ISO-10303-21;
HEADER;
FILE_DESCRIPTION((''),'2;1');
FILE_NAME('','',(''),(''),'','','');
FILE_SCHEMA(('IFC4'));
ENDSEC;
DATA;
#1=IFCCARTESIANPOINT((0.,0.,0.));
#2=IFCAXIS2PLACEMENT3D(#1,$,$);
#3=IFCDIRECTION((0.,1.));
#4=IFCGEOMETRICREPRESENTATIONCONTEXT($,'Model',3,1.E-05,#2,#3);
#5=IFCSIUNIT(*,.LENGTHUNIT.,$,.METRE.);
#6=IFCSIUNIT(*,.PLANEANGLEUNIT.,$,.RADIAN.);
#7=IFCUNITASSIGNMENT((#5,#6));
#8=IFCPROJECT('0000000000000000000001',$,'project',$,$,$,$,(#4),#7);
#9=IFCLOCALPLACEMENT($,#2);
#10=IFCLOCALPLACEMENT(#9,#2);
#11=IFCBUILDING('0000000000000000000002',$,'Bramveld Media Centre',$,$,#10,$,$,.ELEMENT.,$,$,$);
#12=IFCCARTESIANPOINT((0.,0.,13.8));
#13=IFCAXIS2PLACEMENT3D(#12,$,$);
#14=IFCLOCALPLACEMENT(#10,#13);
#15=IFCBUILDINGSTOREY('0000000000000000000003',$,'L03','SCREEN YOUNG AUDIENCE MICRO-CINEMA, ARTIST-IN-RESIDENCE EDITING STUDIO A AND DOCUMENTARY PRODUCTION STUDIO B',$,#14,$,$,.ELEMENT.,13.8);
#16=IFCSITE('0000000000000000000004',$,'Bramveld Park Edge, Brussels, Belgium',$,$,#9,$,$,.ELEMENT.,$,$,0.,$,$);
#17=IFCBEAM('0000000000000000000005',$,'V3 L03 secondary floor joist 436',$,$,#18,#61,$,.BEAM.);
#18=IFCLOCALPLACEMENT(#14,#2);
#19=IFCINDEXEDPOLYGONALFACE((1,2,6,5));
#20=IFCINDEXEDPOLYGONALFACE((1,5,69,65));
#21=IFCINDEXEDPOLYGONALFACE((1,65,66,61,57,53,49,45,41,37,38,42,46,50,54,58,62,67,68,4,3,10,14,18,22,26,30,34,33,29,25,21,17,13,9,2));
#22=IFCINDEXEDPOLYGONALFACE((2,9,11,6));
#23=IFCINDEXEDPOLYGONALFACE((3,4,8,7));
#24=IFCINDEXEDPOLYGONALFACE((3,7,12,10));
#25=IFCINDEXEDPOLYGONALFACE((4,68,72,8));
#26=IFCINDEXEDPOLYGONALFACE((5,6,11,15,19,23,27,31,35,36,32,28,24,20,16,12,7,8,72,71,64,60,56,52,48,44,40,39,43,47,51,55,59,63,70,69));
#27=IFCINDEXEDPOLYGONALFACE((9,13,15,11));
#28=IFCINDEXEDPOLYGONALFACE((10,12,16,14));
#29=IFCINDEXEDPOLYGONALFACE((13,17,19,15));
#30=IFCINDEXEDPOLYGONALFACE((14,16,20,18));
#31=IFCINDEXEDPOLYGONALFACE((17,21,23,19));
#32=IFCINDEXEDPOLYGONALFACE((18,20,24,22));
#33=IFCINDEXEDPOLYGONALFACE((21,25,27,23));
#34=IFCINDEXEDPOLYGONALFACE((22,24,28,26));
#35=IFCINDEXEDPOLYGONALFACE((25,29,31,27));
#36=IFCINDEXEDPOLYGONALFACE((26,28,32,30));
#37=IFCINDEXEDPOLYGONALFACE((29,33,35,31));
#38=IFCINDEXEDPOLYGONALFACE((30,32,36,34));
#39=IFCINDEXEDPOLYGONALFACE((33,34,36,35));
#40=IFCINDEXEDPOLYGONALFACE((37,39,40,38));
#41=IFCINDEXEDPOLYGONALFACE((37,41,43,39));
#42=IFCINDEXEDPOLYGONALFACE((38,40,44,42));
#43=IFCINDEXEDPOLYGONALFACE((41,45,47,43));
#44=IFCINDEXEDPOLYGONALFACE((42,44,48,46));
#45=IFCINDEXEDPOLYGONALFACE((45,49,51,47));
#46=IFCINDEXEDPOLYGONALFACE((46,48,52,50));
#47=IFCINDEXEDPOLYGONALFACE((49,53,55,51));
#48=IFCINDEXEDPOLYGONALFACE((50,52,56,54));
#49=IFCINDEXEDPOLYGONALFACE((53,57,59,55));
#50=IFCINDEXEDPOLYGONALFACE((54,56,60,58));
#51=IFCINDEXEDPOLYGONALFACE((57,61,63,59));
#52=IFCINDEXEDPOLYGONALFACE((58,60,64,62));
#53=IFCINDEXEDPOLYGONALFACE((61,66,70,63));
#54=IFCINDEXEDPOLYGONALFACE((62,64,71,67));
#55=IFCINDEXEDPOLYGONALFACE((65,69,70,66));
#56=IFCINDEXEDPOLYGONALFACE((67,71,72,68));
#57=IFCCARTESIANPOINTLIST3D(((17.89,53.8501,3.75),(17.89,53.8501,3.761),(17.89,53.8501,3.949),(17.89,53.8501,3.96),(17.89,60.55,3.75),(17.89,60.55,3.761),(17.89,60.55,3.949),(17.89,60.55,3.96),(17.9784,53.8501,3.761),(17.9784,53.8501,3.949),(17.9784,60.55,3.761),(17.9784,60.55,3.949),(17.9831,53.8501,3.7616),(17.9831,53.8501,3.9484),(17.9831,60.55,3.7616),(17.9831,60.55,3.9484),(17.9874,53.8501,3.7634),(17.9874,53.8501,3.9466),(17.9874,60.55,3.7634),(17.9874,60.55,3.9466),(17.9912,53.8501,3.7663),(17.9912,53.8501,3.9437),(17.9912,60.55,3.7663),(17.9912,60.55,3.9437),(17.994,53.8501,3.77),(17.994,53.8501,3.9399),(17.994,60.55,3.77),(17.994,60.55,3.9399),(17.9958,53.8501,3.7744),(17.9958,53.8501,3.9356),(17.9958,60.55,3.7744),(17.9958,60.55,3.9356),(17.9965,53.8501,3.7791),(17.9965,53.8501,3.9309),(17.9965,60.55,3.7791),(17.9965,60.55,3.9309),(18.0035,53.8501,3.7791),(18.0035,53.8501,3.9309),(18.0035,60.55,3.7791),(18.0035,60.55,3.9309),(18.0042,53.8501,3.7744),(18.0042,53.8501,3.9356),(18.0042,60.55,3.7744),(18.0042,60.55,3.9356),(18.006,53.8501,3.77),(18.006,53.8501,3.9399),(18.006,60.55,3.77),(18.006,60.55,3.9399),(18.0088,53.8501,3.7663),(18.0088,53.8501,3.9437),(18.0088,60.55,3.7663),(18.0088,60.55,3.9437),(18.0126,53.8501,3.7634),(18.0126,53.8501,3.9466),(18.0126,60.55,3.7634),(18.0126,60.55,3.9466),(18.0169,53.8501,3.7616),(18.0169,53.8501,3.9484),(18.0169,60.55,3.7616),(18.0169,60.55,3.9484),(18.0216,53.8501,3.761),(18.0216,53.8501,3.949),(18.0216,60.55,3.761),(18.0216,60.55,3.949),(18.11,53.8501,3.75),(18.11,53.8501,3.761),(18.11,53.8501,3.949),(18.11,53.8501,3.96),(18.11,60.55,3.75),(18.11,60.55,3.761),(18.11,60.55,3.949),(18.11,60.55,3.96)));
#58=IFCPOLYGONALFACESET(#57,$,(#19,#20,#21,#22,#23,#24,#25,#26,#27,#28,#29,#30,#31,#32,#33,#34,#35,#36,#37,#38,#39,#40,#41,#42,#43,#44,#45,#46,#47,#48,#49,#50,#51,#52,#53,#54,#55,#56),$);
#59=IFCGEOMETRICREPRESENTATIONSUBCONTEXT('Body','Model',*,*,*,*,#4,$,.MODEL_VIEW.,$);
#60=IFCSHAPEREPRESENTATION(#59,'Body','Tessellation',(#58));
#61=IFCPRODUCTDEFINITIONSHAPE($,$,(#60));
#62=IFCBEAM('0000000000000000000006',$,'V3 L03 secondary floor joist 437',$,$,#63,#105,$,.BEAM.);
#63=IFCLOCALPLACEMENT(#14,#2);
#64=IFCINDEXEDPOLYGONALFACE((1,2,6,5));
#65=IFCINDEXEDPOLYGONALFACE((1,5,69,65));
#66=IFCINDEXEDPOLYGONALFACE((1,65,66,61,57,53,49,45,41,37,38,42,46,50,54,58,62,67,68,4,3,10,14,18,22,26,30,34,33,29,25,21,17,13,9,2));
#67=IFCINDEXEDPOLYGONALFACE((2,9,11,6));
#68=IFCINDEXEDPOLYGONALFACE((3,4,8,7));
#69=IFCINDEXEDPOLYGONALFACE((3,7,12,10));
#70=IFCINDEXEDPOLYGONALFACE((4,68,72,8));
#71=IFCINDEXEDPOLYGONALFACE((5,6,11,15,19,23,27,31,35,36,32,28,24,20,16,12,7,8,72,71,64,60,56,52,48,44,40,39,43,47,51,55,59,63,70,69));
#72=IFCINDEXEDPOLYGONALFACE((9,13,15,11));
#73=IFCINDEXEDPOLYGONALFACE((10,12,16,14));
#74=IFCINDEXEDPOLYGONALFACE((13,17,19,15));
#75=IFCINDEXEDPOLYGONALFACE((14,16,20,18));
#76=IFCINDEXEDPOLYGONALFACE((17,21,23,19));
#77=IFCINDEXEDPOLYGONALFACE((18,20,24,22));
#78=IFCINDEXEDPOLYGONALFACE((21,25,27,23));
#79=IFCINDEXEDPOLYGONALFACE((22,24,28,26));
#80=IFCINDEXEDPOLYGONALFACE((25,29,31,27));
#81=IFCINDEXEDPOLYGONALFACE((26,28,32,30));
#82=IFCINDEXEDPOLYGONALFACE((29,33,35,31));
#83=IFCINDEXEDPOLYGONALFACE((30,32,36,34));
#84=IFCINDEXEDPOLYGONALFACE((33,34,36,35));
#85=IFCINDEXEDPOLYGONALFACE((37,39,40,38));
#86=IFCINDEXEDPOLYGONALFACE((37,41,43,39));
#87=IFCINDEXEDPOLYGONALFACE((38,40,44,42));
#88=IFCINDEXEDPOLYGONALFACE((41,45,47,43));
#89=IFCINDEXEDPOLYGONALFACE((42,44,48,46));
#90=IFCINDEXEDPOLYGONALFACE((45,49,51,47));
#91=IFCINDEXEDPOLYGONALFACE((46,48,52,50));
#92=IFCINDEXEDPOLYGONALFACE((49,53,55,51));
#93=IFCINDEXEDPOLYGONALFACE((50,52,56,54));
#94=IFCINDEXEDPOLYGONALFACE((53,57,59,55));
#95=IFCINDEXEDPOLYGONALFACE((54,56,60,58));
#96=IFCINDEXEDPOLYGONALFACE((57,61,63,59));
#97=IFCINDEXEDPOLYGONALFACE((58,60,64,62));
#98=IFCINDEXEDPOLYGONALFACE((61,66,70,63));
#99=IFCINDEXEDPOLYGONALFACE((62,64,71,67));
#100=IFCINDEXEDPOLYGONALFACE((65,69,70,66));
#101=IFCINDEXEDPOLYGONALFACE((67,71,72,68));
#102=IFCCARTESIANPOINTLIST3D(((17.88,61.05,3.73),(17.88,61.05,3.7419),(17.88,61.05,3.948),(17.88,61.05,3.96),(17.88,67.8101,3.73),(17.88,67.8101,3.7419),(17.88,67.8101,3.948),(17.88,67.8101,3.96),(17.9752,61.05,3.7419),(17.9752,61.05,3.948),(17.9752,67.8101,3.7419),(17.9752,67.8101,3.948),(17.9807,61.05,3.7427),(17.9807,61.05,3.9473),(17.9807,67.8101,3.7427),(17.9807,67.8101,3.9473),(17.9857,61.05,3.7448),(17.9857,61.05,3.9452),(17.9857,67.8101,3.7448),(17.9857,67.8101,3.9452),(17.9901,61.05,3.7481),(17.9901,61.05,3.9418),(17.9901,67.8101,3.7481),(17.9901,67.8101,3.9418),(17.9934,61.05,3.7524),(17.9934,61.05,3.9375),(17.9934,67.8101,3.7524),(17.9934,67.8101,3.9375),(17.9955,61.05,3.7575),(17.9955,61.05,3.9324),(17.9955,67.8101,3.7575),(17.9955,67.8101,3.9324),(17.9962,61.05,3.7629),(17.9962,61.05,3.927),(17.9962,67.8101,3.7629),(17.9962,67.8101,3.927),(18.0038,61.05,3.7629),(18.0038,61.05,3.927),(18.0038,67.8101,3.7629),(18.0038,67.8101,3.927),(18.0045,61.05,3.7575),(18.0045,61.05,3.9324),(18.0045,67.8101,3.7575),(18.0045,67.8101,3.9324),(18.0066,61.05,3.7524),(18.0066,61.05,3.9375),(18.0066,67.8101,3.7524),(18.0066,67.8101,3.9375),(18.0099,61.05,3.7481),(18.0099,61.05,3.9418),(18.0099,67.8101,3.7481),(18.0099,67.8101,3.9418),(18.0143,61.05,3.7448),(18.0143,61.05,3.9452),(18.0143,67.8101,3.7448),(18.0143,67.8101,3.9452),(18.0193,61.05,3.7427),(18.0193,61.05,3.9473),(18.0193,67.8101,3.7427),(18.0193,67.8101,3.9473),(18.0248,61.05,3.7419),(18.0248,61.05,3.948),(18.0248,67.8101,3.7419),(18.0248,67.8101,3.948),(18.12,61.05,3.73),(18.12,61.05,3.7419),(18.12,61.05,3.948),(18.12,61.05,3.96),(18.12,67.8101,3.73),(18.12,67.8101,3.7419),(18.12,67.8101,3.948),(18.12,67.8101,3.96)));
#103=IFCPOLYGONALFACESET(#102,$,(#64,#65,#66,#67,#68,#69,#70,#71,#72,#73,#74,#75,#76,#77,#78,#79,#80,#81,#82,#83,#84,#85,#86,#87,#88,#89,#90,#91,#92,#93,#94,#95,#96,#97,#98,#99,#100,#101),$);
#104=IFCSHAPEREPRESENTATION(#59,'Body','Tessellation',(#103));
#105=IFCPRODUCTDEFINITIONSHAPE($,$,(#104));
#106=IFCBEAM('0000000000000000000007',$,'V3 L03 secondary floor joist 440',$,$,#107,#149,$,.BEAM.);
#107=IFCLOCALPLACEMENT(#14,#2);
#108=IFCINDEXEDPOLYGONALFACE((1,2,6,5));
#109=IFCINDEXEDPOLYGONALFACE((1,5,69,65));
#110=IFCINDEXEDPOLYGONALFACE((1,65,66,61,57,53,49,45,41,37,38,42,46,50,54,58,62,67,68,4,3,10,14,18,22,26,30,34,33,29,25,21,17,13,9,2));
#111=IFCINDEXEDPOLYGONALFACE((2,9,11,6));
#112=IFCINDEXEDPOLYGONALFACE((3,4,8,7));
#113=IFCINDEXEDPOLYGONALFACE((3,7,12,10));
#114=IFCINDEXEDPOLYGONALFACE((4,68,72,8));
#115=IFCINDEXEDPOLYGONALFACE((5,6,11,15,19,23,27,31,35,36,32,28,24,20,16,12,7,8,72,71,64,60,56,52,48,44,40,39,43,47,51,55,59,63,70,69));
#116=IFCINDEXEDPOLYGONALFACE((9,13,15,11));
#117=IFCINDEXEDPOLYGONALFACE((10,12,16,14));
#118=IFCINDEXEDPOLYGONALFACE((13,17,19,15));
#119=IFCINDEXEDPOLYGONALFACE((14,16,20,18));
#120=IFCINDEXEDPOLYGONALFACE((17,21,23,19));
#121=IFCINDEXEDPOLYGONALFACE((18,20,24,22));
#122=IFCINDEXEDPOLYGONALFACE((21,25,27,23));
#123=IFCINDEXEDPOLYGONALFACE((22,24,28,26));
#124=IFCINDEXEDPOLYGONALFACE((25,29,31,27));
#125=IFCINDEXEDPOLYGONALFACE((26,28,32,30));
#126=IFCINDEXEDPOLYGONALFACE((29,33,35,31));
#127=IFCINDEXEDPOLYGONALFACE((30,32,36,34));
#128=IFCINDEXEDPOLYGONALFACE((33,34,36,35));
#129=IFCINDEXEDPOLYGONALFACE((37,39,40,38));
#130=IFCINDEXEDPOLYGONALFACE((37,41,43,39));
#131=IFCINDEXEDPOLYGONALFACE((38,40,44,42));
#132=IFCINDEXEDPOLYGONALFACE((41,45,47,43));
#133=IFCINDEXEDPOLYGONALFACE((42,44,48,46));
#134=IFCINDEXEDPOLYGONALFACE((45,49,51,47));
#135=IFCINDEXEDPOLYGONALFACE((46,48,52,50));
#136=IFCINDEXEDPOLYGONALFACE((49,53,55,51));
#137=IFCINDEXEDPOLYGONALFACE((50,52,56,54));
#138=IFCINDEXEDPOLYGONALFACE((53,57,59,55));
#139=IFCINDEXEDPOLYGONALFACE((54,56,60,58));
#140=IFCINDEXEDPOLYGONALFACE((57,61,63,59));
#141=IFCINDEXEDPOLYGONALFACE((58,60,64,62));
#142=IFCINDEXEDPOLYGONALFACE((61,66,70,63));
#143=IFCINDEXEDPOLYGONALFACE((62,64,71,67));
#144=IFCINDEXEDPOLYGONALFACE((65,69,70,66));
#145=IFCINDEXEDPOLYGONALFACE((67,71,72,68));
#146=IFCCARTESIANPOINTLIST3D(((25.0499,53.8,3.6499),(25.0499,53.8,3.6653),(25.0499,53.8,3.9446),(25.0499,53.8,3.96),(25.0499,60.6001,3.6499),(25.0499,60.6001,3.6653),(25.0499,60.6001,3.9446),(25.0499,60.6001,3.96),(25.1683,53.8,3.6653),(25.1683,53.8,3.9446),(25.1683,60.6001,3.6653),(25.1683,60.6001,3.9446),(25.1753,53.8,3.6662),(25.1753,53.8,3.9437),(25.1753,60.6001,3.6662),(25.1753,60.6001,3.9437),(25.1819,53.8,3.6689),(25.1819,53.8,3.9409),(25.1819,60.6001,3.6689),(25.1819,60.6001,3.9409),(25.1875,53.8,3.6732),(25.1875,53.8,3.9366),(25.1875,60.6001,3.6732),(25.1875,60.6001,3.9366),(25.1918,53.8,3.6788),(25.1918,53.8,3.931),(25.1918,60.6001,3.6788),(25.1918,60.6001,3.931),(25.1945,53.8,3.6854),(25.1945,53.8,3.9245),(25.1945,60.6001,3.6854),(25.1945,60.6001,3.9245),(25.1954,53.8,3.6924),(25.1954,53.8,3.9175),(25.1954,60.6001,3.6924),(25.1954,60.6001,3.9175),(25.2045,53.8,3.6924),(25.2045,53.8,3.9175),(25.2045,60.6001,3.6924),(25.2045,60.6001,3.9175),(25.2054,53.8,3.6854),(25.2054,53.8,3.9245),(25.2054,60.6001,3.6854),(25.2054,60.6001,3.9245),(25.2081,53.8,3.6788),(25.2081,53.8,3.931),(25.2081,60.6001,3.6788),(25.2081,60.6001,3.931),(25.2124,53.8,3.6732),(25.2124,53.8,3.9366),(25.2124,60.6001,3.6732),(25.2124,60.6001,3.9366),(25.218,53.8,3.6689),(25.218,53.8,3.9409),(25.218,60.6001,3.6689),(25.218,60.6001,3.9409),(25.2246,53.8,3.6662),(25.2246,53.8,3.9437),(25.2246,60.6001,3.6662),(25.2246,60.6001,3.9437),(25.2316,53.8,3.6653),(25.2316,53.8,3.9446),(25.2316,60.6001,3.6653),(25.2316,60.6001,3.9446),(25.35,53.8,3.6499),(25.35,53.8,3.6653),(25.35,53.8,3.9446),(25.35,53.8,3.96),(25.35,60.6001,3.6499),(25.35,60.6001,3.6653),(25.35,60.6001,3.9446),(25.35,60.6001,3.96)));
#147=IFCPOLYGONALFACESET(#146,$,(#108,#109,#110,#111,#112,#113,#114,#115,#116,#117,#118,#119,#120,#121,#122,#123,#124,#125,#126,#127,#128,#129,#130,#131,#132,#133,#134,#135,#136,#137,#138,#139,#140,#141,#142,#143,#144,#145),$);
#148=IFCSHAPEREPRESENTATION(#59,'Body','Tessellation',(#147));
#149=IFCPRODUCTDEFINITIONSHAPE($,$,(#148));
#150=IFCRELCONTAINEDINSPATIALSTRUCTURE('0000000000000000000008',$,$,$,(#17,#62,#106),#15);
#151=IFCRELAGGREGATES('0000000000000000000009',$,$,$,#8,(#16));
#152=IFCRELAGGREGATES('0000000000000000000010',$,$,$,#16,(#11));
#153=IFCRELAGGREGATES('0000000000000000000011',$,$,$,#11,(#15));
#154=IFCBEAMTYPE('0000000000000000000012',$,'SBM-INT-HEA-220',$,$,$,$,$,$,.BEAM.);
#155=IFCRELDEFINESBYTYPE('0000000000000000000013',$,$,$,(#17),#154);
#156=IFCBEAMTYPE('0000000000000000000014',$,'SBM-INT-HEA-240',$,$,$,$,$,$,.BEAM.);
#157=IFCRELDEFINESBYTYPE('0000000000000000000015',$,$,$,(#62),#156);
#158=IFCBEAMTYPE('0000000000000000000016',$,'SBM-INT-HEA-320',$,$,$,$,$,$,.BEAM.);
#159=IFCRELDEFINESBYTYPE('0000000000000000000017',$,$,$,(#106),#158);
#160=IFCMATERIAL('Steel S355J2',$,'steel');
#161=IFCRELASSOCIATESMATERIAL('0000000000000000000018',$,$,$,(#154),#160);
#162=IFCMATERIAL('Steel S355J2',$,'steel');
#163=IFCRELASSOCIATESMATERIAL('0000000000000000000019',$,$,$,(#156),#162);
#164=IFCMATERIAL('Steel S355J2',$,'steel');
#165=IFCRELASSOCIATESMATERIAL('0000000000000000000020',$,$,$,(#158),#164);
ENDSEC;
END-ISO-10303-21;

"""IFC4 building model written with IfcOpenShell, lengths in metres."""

from ifc_helpers import new_model, si_unit, direction, frame, origin, origin_2d, place, context, subcontext, project, spatial, i_section, extrude, material, material_profile, profile_set, type_object, element, save


model = new_model("IFC4")

# Units and contexts
model_context = context("Model", 3, precision=1e-05, world=origin(), true_north=direction((0.0, 1.0)))
body_context = subcontext(model_context, "Body", "Model", "MODEL_VIEW")
ifc_project = project(units=[si_unit("LENGTHUNIT", "METRE"), si_unit("PLANEANGLEUNIT", "RADIAN")], contexts=[model_context])

# Site, building, storey
site_placement = place(None, origin())
site = spatial("IfcSite", under=ifc_project, at=site_placement, Name="Bramveld Park Edge, Brussels, Belgium", CompositionType="ELEMENT", RefElevation=0.0)
building_placement = place(site_placement, origin())
building = spatial("IfcBuilding", under=site, at=building_placement, Name="Bramveld Media Centre", CompositionType="ELEMENT")
storey_placement = place(building_placement, frame((0.0, 0.0, 13.8)))
storey = spatial("IfcBuildingStorey", under=building, at=storey_placement, Name="L03", Description="SCREEN YOUNG AUDIENCE MICRO-CINEMA, ARTIST-IN-RESIDENCE EDITING STUDIO A AND DOCUMENTARY PRODUCTION STUDIO B", CompositionType="ELEMENT", Elevation=13.8)

# Beams
ifc_material_1 = material(Name="Steel S355J2", Category="steel")
ifc_material_profile_1 = material_profile(ifc_material_1, i_section(OverallWidth=0.22, OverallDepth=0.21, WebThickness=0.0071, FlangeThickness=0.011, FilletRadius=0.0181, at=origin_2d()), Name="HEA 220")
ifc_profile_set_1 = profile_set([ifc_material_profile_1], Name="Steel S355J2")
beam_type_1 = type_object("IfcBeamType", Name="SBM-INT-HEA-220", PredefinedType="BEAM", material=ifc_profile_set_1)
beam_1_placement = place(storey_placement, frame((18.0, 53.8501, 3.855), z_axis=(0.0, 1.0, 0.0), x_axis=(-1.0, 0.0, 0.0)))
element("IfcBeam", 1, at=beam_1_placement, inside=storey, type_object=beam_type_1, Name="V3 L03 secondary floor joist 436", PredefinedType="BEAM", context=body_context, shape_type="SweptSolid", body=[
    extrude(i_section(OverallWidth=0.22, OverallDepth=0.21, WebThickness=0.0071, FlangeThickness=0.011, FilletRadius=0.0181, at=origin_2d()), origin(), (0.0, 0.0, 1.0), 6.7),
])
ifc_material_2 = material(Name="Steel S355J2", Category="steel")
ifc_material_profile_2 = material_profile(ifc_material_2, i_section(OverallWidth=0.24, OverallDepth=0.23, WebThickness=0.0076, FlangeThickness=0.012, FilletRadius=0.021, at=origin_2d()), Name="HEA 240")
ifc_profile_set_2 = profile_set([ifc_material_profile_2], Name="Steel S355J2")
beam_type_2 = type_object("IfcBeamType", Name="SBM-INT-HEA-240", PredefinedType="BEAM", material=ifc_profile_set_2)
beam_2_placement = place(storey_placement, frame((18.0, 61.05, 3.845), z_axis=(0.0, 1.0, 0.0), x_axis=(-1.0, 0.0, 0.0)))
element("IfcBeam", 2, at=beam_2_placement, inside=storey, type_object=beam_type_2, Name="V3 L03 secondary floor joist 437", PredefinedType="BEAM", context=body_context, shape_type="SweptSolid", body=[
    extrude(i_section(OverallWidth=0.24, OverallDepth=0.23, WebThickness=0.0076, FlangeThickness=0.012, FilletRadius=0.021, at=origin_2d()), origin(), (0.0, 0.0, 1.0), 6.76),
])
ifc_material_3 = material(Name="Steel S355J2", Category="steel")
ifc_material_profile_3 = material_profile(ifc_material_3, i_section(OverallWidth=0.3, OverallDepth=0.3101, WebThickness=0.009, FlangeThickness=0.0154, FilletRadius=0.0271, at=origin_2d()), Name="HEA 320")
ifc_profile_set_3 = profile_set([ifc_material_profile_3], Name="Steel S355J2")
beam_type_3 = type_object("IfcBeamType", Name="SBM-INT-HEA-320", PredefinedType="BEAM", material=ifc_profile_set_3)
beam_3_placement = place(storey_placement, frame((25.2, 53.8, 3.8049), z_axis=(0.0, 1.0, 0.0), x_axis=(-1.0, 0.0, 0.0)))
element("IfcBeam", 3, at=beam_3_placement, inside=storey, type_object=beam_type_3, Name="V3 L03 secondary floor joist 440", PredefinedType="BEAM", context=body_context, shape_type="SweptSolid", body=[
    extrude(i_section(OverallWidth=0.3, OverallDepth=0.3101, WebThickness=0.009, FlangeThickness=0.0154, FilletRadius=0.0271, at=origin_2d()), origin(), (0.0, 0.0, 1.0), 6.8),
])

save(model, "model.ifc")
